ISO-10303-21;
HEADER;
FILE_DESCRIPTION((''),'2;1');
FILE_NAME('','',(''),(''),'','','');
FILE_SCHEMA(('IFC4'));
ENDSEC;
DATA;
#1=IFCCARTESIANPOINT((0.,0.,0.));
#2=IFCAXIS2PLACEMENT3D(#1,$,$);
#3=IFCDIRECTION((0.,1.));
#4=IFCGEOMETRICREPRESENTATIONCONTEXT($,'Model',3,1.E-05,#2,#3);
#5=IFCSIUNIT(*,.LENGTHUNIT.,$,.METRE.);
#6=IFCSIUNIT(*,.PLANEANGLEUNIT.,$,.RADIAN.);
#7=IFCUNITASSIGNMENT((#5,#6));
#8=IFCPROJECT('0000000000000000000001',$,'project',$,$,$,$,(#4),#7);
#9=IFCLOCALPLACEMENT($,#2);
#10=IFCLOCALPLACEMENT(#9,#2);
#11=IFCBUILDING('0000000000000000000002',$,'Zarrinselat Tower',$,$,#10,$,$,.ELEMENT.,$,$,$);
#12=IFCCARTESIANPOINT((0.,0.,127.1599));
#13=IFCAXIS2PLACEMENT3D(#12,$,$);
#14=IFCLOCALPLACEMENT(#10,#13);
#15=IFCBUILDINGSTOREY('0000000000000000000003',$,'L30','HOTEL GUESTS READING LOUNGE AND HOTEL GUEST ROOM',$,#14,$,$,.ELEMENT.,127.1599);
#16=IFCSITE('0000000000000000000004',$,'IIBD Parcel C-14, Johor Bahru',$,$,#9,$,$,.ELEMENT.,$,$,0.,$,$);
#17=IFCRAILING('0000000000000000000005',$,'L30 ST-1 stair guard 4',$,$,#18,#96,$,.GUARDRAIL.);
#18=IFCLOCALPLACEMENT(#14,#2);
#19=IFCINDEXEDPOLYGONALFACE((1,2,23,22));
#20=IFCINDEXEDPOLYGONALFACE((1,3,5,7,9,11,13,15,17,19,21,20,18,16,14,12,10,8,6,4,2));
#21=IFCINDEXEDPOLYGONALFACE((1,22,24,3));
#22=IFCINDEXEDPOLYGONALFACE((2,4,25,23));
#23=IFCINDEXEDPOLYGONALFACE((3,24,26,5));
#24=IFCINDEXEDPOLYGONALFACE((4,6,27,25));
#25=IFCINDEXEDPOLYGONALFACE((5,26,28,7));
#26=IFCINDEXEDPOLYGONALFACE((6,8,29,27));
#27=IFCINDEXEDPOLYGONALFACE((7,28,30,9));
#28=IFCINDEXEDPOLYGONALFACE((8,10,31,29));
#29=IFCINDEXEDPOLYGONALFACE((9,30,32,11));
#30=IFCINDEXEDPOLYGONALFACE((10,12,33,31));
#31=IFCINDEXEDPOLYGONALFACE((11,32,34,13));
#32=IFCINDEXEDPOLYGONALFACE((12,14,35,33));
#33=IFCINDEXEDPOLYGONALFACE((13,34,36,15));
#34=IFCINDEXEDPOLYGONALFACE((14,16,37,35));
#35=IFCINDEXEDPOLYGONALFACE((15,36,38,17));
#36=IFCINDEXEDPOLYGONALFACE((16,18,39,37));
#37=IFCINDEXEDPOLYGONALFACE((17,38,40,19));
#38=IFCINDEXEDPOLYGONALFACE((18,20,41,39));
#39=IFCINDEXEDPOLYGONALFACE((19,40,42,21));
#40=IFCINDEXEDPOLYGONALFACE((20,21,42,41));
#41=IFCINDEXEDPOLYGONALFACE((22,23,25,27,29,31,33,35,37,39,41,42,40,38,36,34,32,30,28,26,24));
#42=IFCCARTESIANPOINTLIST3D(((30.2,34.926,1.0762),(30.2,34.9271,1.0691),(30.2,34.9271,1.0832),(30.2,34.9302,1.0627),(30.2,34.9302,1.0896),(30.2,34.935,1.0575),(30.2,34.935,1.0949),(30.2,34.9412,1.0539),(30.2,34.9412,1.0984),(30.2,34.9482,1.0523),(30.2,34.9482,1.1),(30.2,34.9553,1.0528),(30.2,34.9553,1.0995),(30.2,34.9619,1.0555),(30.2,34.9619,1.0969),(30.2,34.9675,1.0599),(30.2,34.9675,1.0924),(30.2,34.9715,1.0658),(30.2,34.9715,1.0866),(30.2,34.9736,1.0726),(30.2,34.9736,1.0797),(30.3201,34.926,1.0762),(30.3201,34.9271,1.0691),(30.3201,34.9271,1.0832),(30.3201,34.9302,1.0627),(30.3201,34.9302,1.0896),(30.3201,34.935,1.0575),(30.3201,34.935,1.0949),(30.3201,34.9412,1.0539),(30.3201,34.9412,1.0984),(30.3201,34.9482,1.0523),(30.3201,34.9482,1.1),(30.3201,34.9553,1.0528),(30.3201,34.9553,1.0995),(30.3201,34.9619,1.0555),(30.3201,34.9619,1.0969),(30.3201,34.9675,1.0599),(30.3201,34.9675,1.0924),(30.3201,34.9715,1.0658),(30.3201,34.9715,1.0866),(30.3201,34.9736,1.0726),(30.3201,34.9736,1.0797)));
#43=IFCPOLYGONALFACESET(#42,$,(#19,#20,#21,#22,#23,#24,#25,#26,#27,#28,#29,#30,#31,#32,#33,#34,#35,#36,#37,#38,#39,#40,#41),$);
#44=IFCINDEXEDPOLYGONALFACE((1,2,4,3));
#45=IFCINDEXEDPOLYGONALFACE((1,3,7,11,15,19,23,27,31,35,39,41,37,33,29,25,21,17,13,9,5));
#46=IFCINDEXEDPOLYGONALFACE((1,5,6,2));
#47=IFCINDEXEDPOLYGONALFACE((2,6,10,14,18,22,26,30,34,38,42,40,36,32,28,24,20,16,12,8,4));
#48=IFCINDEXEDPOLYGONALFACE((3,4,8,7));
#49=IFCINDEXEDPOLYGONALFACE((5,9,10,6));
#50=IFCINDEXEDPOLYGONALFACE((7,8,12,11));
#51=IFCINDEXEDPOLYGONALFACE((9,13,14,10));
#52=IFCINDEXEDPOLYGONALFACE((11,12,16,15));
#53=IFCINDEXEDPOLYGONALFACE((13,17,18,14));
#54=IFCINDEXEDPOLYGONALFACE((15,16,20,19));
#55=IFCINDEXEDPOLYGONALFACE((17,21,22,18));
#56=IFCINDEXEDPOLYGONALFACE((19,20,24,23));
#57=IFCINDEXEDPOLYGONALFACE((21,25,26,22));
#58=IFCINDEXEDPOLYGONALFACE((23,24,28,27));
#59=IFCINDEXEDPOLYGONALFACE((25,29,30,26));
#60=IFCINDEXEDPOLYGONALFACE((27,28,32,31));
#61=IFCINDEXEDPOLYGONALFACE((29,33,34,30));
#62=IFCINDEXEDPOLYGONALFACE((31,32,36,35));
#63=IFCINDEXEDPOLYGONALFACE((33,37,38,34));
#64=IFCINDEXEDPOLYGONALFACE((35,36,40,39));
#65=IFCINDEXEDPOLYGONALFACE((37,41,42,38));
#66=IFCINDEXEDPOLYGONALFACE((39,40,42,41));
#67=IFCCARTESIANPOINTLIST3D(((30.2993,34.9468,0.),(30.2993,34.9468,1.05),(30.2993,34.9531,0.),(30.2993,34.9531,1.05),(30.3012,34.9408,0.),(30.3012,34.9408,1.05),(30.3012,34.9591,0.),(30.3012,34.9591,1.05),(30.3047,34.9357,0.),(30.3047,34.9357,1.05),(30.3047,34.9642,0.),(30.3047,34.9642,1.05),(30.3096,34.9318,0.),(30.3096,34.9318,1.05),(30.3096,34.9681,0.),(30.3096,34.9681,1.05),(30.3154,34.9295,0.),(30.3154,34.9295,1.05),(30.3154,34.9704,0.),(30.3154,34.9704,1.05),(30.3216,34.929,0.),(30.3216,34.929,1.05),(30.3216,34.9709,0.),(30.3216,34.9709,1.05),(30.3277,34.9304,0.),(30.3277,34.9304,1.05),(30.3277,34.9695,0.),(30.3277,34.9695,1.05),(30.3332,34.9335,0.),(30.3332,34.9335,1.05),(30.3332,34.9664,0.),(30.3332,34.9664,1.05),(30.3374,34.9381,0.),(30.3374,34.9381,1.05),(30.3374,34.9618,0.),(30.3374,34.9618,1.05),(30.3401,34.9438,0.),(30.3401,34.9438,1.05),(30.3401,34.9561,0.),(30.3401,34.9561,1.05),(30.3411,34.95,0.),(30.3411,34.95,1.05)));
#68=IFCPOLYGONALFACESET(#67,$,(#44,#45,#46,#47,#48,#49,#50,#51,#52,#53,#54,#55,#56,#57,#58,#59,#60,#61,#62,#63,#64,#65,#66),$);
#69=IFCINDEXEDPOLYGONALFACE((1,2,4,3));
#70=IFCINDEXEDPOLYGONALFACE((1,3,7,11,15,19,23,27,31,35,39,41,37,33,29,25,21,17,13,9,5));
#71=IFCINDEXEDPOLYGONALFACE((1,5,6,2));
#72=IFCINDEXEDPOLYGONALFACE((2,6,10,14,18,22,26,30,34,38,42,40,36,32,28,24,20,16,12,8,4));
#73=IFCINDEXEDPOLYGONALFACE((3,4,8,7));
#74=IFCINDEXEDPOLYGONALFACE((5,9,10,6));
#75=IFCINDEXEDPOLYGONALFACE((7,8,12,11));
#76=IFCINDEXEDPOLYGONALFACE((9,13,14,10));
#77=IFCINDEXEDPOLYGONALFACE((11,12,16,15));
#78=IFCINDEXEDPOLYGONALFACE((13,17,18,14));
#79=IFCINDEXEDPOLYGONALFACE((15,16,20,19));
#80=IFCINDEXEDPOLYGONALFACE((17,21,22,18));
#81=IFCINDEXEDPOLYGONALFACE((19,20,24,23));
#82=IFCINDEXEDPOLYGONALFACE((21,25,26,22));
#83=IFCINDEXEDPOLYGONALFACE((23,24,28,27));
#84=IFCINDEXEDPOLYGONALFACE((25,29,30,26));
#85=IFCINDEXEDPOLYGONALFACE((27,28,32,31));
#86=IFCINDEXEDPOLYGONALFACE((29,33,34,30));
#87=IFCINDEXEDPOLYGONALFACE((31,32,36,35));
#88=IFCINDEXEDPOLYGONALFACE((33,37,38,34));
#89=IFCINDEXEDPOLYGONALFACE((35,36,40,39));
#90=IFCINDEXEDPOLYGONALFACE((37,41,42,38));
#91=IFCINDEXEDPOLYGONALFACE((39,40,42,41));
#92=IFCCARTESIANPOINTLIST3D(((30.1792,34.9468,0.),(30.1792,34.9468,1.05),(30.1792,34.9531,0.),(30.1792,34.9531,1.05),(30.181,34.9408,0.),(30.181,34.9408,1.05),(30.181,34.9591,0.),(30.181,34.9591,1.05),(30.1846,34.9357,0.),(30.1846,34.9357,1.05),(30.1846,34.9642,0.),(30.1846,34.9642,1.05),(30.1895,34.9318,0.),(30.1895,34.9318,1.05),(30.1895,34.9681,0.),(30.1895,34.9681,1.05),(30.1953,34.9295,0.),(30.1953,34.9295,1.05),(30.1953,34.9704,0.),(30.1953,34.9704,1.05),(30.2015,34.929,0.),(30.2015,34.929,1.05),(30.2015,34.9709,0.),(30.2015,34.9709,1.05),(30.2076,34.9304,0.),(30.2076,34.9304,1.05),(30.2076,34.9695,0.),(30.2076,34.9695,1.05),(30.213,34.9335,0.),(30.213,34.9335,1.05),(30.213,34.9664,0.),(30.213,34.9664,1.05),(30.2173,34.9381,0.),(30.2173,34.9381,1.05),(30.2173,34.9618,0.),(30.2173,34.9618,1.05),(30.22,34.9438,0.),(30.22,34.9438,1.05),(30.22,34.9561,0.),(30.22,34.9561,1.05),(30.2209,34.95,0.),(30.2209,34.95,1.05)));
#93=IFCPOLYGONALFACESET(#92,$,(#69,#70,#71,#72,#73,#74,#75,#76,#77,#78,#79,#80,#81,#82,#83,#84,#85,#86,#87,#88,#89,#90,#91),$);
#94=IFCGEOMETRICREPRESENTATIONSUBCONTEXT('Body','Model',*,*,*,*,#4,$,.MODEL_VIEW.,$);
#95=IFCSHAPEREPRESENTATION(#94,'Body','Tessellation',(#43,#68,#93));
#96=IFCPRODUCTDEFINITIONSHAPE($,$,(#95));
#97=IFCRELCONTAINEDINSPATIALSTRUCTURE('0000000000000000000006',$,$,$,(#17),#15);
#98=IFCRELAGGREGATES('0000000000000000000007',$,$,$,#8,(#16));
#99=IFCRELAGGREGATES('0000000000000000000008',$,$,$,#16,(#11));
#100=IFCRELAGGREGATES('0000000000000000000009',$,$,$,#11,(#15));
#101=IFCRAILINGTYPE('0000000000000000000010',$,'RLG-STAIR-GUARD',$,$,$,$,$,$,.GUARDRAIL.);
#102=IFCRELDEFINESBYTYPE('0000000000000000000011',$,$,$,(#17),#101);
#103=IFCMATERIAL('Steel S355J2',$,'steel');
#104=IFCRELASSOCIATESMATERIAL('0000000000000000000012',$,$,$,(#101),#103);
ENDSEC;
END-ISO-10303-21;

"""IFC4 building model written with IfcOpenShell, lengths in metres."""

from ifc_helpers import new_model, si_unit, direction, frame, origin, origin_2d, place, context, subcontext, project, spatial, circle, extrude, material, type_object, element, save


model = new_model("IFC4")

# Units and contexts
model_context = context("Model", 3, precision=1e-05, world=origin(), true_north=direction((0.0, 1.0)))
body_context = subcontext(model_context, "Body", "Model", "MODEL_VIEW")
ifc_project = project(units=[si_unit("LENGTHUNIT", "METRE"), si_unit("PLANEANGLEUNIT", "RADIAN")], contexts=[model_context])

# Site, building, storey
site_placement = place(None, origin())
site = spatial("IfcSite", under=ifc_project, at=site_placement, Name="IIBD Parcel C-14, Johor Bahru", CompositionType="ELEMENT", RefElevation=0.0)
building_placement = place(site_placement, origin())
building = spatial("IfcBuilding", under=site, at=building_placement, Name="Zarrinselat Tower", CompositionType="ELEMENT")
storey_placement = place(building_placement, frame((0.0, 0.0, 127.1599)))
storey = spatial("IfcBuildingStorey", under=building, at=storey_placement, Name="L30", Description="HOTEL GUESTS READING LOUNGE AND HOTEL GUEST ROOM", CompositionType="ELEMENT", Elevation=127.1599)

# Railing
ifc_material_1 = material(Name="Steel S355J2", Category="steel")
railing_type = type_object("IfcRailingType", Name="RLG-STAIR-GUARD", PredefinedType="GUARDRAIL", material=ifc_material_1)
railing_placement = place(storey_placement, frame((30.3201, 34.95, 0.0)))
element("IfcRailing", 1, at=railing_placement, inside=storey, type_object=railing_type, Name="L30 ST-1 stair guard 4", PredefinedType="GUARDRAIL", context=body_context, shape_type="SweptSolid", body=[
    extrude(circle(Radius=0.0239, at=origin_2d()), frame((0.0, 0.0, 1.0762), z_axis=(-1.0, 0.0, 0.0), x_axis=(0.0, -1.0, 0.0)), (0.0, 0.0, 1.0), 0.1201),
    extrude(circle(Radius=0.021, at=origin_2d()), origin(), (0.0, 0.0, 1.0), 1.05),
    extrude(circle(Radius=0.021, at=origin_2d()), frame((-0.1201, 0.0, 0.0)), (0.0, 0.0, 1.0), 1.05),
])

save(model, "model.ifc")
